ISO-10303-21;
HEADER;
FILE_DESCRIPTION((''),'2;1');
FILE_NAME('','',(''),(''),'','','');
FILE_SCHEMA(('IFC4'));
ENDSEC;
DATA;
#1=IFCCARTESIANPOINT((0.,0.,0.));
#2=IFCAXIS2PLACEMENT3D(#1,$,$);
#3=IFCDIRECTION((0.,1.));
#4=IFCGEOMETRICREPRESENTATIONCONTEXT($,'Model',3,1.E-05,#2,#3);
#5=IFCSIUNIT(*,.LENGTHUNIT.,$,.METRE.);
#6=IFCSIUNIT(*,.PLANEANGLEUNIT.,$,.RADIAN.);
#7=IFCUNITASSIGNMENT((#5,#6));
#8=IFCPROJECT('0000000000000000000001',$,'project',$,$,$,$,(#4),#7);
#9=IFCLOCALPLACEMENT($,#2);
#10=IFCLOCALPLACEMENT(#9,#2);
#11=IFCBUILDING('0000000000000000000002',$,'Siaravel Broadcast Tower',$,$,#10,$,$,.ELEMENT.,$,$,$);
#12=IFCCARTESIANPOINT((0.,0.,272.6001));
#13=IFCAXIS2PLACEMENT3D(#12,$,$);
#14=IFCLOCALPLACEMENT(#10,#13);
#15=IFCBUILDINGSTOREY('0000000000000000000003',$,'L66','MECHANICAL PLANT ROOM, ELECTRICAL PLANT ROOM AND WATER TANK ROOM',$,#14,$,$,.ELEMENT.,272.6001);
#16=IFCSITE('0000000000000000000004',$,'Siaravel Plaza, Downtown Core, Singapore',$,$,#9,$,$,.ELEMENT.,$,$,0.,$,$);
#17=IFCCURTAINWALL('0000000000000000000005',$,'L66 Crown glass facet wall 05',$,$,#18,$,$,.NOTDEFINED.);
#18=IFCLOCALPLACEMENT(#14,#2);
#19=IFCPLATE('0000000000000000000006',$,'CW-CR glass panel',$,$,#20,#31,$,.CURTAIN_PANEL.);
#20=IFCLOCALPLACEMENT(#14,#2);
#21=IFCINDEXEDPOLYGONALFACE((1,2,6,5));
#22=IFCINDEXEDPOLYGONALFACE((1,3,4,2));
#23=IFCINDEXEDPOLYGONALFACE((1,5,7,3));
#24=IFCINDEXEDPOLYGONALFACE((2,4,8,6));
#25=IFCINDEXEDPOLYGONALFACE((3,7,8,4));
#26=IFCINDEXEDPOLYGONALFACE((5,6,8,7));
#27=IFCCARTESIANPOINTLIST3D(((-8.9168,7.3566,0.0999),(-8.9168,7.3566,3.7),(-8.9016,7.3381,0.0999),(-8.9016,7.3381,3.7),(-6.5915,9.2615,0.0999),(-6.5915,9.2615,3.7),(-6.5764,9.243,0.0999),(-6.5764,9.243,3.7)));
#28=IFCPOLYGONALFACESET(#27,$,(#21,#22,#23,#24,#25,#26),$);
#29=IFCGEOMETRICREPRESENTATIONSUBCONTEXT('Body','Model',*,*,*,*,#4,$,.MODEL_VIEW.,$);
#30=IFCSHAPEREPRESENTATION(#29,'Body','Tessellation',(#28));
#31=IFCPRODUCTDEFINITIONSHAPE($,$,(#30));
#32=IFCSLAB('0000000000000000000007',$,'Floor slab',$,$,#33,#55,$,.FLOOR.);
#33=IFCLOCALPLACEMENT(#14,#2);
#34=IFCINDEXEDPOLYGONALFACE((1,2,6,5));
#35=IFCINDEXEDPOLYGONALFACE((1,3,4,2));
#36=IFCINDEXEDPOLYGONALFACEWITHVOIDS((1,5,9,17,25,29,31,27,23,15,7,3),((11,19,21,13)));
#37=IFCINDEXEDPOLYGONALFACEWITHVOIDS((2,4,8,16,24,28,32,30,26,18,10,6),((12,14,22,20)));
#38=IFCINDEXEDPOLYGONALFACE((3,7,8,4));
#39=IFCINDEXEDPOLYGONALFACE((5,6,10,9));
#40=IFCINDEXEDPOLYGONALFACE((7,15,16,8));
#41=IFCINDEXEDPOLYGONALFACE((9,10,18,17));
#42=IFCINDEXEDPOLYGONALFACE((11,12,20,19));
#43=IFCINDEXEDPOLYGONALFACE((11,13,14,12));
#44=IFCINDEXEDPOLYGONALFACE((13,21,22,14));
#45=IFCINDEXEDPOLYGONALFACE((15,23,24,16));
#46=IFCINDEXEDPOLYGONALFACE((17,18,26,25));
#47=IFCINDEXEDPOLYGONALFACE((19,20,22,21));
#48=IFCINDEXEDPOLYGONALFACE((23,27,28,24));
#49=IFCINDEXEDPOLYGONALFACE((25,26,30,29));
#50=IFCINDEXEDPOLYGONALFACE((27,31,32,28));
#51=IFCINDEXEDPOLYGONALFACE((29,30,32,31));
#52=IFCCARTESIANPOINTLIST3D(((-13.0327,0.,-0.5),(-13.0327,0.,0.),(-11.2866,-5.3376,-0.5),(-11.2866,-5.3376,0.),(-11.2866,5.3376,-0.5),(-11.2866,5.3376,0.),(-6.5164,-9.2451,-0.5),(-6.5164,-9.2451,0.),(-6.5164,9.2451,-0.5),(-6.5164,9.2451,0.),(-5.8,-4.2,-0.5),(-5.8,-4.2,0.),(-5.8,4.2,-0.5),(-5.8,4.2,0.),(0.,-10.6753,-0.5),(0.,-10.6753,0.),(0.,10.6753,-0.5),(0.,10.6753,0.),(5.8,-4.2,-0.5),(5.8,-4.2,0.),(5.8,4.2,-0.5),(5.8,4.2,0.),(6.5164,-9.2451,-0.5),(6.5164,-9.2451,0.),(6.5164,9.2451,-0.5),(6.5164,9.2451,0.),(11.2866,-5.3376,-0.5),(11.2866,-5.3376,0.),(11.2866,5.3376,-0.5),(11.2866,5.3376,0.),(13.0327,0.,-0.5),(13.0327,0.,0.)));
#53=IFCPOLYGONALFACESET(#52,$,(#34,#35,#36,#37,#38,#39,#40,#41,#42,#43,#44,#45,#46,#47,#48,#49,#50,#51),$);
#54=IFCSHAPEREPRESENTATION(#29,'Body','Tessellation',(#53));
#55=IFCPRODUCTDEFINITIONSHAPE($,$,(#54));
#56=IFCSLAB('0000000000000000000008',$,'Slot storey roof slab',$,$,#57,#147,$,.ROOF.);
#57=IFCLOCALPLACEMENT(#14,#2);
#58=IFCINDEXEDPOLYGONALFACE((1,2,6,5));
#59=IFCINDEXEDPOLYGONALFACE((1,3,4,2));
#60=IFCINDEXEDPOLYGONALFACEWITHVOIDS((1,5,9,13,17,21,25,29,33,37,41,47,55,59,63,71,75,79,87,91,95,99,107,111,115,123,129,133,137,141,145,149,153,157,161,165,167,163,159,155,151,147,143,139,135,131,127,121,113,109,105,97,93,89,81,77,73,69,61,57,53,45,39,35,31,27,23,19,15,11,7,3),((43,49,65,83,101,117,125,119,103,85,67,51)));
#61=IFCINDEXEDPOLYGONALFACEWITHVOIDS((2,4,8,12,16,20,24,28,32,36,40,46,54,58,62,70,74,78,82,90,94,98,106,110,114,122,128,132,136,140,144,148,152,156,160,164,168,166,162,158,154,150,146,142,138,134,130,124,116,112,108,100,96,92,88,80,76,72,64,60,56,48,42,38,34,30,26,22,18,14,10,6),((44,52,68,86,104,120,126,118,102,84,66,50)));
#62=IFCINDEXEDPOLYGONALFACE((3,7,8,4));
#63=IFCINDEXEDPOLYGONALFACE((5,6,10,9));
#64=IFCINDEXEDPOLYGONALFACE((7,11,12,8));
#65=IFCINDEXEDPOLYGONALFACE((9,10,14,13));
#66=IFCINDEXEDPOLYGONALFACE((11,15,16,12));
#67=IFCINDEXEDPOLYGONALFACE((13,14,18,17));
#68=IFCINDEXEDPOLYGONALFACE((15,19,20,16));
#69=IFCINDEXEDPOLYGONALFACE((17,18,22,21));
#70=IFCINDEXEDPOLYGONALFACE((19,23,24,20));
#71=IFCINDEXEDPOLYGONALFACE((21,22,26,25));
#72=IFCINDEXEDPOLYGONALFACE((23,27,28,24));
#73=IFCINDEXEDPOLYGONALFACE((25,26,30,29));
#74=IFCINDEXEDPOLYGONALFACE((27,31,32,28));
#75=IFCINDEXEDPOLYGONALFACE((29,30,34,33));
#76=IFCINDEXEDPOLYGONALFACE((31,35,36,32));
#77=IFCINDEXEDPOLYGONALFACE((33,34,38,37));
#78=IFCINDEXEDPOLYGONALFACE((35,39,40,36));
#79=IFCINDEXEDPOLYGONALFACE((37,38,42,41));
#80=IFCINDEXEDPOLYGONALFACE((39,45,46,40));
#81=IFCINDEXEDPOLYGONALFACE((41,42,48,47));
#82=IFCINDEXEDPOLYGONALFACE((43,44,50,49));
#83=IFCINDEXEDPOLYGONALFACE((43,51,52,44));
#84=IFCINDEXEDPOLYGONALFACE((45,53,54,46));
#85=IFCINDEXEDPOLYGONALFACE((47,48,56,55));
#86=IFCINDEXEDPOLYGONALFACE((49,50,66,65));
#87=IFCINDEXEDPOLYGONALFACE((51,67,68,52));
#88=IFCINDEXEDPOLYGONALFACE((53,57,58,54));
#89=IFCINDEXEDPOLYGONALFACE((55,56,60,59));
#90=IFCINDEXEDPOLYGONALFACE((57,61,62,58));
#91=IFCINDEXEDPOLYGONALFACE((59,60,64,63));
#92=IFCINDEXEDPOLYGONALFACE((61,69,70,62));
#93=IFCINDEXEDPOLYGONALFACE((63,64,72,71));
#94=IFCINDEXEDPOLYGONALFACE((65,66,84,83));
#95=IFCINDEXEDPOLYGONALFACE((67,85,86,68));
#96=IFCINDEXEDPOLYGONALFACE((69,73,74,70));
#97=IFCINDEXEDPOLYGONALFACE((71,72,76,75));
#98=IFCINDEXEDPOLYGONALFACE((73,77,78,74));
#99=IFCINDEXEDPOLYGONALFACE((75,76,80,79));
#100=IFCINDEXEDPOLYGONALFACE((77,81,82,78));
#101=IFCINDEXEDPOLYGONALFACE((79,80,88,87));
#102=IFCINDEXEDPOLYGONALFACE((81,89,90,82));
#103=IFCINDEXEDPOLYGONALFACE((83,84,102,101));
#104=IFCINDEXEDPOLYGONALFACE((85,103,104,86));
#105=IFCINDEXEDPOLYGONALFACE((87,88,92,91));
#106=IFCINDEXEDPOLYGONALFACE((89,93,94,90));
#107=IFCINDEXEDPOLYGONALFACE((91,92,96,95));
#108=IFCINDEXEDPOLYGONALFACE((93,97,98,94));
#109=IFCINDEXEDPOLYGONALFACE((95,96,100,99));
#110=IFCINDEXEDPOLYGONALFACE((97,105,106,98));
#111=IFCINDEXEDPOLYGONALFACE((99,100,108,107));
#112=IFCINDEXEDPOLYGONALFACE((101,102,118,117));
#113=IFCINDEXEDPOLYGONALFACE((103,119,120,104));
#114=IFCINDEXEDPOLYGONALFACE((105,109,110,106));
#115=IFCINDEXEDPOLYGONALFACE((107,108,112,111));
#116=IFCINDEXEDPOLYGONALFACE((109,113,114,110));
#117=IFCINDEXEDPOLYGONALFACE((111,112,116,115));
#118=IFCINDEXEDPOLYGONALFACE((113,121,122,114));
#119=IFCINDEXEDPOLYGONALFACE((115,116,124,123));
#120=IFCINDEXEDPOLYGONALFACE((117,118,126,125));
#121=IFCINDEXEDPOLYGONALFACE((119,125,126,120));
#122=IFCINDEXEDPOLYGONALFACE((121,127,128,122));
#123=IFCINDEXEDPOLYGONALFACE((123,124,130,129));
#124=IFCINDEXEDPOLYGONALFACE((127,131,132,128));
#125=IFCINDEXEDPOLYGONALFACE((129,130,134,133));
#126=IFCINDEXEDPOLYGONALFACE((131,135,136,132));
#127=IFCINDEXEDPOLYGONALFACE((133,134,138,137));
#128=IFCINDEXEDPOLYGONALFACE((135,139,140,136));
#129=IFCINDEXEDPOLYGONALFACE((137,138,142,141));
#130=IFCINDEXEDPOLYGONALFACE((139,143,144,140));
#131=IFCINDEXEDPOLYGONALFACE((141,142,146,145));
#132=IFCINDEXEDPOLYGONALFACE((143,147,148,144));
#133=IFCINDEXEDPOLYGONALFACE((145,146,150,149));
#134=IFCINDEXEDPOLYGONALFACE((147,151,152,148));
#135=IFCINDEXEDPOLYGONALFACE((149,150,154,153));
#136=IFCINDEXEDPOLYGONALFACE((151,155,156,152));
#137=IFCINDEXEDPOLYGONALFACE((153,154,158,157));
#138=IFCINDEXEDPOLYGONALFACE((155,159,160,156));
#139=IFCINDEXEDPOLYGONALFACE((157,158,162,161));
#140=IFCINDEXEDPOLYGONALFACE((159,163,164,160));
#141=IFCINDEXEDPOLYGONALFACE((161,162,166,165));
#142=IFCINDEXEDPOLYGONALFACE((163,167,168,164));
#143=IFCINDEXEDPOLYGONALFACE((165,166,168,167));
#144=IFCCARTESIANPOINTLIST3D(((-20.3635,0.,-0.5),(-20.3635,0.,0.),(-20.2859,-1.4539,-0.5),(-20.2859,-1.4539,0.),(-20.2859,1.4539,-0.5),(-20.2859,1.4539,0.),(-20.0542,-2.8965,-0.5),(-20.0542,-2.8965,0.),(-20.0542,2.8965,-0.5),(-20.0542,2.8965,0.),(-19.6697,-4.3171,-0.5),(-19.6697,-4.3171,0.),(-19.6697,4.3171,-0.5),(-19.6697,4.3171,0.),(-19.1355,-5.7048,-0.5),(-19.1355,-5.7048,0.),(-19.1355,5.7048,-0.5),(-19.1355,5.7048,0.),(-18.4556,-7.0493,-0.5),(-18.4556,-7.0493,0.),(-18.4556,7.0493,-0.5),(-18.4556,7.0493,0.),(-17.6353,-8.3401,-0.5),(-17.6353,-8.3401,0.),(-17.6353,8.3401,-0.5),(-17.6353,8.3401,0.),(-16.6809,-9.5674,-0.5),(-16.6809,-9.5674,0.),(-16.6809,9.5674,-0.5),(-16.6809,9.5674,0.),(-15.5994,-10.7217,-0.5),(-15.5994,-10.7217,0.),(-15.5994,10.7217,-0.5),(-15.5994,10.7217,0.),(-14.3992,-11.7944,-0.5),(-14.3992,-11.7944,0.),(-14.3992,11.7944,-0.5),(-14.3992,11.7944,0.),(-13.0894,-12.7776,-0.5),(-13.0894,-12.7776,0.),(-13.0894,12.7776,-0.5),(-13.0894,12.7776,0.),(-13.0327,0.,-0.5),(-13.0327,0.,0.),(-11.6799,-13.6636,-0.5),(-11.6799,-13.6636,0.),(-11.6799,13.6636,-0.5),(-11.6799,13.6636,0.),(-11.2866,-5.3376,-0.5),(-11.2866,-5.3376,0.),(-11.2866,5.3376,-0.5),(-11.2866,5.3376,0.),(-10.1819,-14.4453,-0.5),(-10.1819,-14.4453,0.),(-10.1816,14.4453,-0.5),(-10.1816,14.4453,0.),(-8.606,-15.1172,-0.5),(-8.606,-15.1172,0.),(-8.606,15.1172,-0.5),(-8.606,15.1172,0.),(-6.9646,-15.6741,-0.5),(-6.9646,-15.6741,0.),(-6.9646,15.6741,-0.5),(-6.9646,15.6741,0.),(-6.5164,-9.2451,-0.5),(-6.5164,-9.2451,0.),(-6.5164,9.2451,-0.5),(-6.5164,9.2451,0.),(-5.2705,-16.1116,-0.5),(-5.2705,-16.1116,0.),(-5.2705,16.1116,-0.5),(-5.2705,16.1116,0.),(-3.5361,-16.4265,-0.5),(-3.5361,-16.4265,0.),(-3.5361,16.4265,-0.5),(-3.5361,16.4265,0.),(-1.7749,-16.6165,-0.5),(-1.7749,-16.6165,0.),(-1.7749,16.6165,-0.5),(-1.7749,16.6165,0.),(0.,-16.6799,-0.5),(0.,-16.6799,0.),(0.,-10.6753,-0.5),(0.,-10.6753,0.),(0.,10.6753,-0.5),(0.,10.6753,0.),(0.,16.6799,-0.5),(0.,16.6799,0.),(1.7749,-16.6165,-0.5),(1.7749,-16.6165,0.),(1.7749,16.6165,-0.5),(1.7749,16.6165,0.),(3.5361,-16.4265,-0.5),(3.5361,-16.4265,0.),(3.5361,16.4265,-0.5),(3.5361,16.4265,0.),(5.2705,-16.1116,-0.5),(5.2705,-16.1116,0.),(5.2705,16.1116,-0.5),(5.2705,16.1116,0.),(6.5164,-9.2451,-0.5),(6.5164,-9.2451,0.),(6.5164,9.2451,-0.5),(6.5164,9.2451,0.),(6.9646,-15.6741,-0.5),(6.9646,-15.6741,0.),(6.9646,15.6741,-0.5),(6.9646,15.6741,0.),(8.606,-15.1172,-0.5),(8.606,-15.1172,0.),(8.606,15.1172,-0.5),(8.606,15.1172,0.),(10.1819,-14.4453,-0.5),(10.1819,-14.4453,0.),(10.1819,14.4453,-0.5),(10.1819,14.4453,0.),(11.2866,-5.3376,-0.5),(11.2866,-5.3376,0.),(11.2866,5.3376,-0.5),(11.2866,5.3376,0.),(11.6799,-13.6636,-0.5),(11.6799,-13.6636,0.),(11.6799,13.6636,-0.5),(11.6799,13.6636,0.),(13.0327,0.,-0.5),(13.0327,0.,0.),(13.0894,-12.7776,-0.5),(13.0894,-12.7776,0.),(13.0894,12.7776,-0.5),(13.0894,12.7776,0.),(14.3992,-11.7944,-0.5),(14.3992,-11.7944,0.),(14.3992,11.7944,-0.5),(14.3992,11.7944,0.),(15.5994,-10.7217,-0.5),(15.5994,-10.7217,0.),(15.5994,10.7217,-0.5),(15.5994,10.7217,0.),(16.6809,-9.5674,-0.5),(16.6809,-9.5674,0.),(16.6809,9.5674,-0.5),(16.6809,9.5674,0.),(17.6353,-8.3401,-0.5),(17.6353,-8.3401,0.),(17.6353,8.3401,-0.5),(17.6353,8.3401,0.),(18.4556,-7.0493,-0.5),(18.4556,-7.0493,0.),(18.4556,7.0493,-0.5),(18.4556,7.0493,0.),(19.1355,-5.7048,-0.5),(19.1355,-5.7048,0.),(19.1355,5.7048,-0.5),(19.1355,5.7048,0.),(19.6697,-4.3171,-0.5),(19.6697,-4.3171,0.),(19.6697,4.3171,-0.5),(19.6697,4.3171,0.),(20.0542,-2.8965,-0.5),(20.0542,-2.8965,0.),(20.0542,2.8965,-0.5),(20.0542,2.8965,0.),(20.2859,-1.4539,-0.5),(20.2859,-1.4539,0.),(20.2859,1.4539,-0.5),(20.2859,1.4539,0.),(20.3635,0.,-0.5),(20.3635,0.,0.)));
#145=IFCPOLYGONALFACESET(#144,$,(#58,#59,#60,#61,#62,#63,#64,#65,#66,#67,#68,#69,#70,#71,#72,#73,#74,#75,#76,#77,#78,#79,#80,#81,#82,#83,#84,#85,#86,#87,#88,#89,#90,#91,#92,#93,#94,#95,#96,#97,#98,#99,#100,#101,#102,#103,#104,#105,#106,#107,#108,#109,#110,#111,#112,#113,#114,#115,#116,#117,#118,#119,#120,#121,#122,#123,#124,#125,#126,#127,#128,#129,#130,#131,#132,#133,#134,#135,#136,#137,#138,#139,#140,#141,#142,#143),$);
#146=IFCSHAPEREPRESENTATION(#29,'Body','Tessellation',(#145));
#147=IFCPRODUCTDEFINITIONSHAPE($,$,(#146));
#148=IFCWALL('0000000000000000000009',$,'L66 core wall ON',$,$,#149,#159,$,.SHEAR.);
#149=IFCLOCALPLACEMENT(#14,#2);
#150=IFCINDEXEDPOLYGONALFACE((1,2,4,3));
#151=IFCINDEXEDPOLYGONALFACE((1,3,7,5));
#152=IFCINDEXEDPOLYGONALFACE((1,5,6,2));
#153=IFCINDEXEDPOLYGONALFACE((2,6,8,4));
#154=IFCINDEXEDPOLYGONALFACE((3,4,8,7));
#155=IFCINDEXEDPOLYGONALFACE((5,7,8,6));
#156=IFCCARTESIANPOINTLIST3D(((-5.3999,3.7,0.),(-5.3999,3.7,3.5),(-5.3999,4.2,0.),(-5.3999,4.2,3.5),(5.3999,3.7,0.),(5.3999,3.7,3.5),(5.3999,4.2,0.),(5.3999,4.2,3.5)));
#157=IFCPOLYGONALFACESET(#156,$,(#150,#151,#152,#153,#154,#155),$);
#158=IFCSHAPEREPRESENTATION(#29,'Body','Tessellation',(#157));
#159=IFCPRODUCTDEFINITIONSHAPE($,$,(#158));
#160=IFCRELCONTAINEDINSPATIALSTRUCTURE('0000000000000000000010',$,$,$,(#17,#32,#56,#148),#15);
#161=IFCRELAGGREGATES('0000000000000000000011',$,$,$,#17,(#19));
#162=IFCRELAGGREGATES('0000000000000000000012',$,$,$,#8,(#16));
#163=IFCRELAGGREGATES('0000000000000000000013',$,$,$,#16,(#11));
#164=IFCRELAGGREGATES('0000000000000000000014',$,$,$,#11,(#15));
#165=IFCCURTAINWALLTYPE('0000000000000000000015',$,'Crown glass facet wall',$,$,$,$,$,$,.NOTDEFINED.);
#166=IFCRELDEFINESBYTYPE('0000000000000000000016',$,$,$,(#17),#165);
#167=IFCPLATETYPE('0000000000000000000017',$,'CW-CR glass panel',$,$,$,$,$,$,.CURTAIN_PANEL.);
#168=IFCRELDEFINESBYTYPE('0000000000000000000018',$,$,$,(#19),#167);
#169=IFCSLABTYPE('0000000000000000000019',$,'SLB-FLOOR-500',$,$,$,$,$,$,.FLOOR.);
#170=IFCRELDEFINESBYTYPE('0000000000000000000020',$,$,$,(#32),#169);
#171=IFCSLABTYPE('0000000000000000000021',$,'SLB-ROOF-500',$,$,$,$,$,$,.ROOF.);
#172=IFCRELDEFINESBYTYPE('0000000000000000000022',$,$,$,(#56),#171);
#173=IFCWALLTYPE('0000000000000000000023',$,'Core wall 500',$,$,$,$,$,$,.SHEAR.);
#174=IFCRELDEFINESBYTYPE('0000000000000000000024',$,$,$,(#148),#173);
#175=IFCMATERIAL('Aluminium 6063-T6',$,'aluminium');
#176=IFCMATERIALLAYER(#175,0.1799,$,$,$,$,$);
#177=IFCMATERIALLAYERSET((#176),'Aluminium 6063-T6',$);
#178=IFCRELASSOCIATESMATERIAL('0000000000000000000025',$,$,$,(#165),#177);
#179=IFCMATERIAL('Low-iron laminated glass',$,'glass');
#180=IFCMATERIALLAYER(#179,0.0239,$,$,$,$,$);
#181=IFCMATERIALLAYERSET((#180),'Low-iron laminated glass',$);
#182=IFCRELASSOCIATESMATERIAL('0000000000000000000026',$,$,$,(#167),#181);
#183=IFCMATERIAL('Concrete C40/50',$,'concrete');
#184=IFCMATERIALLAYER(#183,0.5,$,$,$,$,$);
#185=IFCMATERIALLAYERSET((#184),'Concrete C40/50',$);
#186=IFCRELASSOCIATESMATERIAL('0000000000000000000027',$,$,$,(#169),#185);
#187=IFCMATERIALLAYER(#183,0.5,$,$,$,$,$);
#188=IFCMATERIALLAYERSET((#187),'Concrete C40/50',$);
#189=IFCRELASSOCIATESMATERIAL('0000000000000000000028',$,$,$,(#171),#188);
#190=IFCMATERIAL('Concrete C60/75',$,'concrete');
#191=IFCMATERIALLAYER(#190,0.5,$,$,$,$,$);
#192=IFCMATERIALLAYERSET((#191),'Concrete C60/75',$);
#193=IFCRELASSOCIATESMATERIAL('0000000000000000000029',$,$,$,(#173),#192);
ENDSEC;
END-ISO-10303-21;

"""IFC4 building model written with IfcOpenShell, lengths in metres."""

from ifc_helpers import new_model, si_unit, direction, frame, frame_2d, origin, origin_2d, place, context, subcontext, project, spatial, polyline, rectangle, outline, extrude, material, layer, layer_set, type_object, element, aggregate, save


model = new_model("IFC4")

# Units and contexts
model_context = context("Model", 3, precision=1e-05, world=origin(), true_north=direction((0.0, 1.0)))
body_context = subcontext(model_context, "Body", "Model", "MODEL_VIEW")
ifc_project = project(units=[si_unit("LENGTHUNIT", "METRE"), si_unit("PLANEANGLEUNIT", "RADIAN")], contexts=[model_context])

# Site, building, storey
site_placement = place(None, origin())
site = spatial("IfcSite", under=ifc_project, at=site_placement, Name="Siaravel Plaza, Downtown Core, Singapore", CompositionType="ELEMENT", RefElevation=0.0)
building_placement = place(site_placement, origin())
building = spatial("IfcBuilding", under=site, at=building_placement, Name="Siaravel Broadcast Tower", CompositionType="ELEMENT")
storey_placement = place(building_placement, frame((0.0, 0.0, 272.6001)))
storey = spatial("IfcBuildingStorey", under=building, at=storey_placement, Name="L66", Description="MECHANICAL PLANT ROOM, ELECTRICAL PLANT ROOM AND WATER TANK ROOM", CompositionType="ELEMENT", Elevation=272.6001)

# Curtain wall
ifc_material_1 = material(Name="Aluminium 6063-T6", Category="aluminium")
ifc_layer_1 = layer(ifc_material_1, 0.1799)
ifc_layer_set_1 = layer_set([ifc_layer_1], Name="Aluminium 6063-T6")
curtain_wall_type = type_object("IfcCurtainWallType", Name="Crown glass facet wall", PredefinedType="NOTDEFINED", material=ifc_layer_set_1)
curtain_wall_1_placement = place(storey_placement, origin())
curtain_wall_1 = element("IfcCurtainWall", 1, at=curtain_wall_1_placement, inside=storey, type_object=curtain_wall_type, Name="L66 Crown glass facet wall 05", PredefinedType="NOTDEFINED")

# Plate
ifc_material_2 = material(Name="Low-iron laminated glass", Category="glass")
ifc_layer_2 = layer(ifc_material_2, 0.0239)
ifc_layer_set_2 = layer_set([ifc_layer_2], Name="Low-iron laminated glass")
plate_type = type_object("IfcPlateType", Name="CW-CR glass panel", PredefinedType="CURTAIN_PANEL", material=ifc_layer_set_2)
plate_1_placement = place(storey_placement, frame((-7.7466, 8.2998, 0.0999), z_axis=(0.0, 0.0, 1.0), x_axis=(-0.773569, -0.633712, 0.0)))
plate_1 = element("IfcPlate", 2, at=plate_1_placement, type_object=plate_type, Name="CW-CR glass panel", PredefinedType="CURTAIN_PANEL", context=body_context, shape_type="SweptSolid", body=[
    extrude(rectangle(XDim=3.0059, YDim=0.0239, at=origin_2d()), origin(), (0.0, 0.0, 1.0), 3.6001),
])
aggregate(curtain_wall_1, [plate_1])

# Slabs
ifc_material_3 = material(Name="Concrete C40/50", Category="concrete")
ifc_layer_3 = layer(ifc_material_3, 0.5)
ifc_layer_set_3 = layer_set([ifc_layer_3], Name="Concrete C40/50")
slab_type_1 = type_object("IfcSlabType", Name="SLB-FLOOR-500", PredefinedType="FLOOR", material=ifc_layer_set_3)
slab_1_placement = place(storey_placement, frame((0.0, 0.0, -0.5)))
element("IfcSlab", 3, at=slab_1_placement, inside=storey, type_object=slab_type_1, Name="Floor slab", PredefinedType="FLOOR", context=body_context, shape_type="SweptSolid", body=[
    extrude(outline(polyline([(13.0327, 0.0), (11.2866, 5.3376), (6.5164, 9.2451), (0.0, 10.6753), (-6.5164, 9.2451), (-11.2866, 5.3376), (-13.0327, 0.0), (-11.2866, -5.3376), (-6.5164, -9.2451), (0.0, -10.6753), (6.5164, -9.2451), (11.2866, -5.3376), (13.0327, 0.0)]), holes=[polyline([(-5.8, 4.2), (5.8, 4.2), (5.8, -4.2), (-5.8, -4.2), (-5.8, 4.2)])]), origin(), (0.0, 0.0, 1.0), 0.5),
])
ifc_layer_4 = layer(ifc_material_3, 0.5)
ifc_layer_set_4 = layer_set([ifc_layer_4], Name="Concrete C40/50")
slab_type_2 = type_object("IfcSlabType", Name="SLB-ROOF-500", PredefinedType="ROOF", material=ifc_layer_set_4)
slab_2_placement = place(storey_placement, frame((0.0, 0.0, -0.5)))
element("IfcSlab", 4, at=slab_2_placement, inside=storey, type_object=slab_type_2, Name="Slot storey roof slab", PredefinedType="ROOF", context=body_context, shape_type="SweptSolid", body=[
    extrude(outline(polyline([(20.3635, 0.0), (20.2859, 1.4539), (20.0542, 2.8965), (19.6697, 4.3171), (19.1355, 5.7048), (18.4556, 7.0493), (17.6353, 8.3401), (16.6809, 9.5674), (15.5994, 10.7217), (14.3992, 11.7944), (13.0894, 12.7776), (11.6799, 13.6636), (10.1819, 14.4453), (8.606, 15.1172), (6.9646, 15.6741), (5.2705, 16.1116), (3.5361, 16.4265), (1.7749, 16.6165), (0.0, 16.6799), (-1.7749, 16.6165), (-3.5361, 16.4265), (-5.2705, 16.1116), (-6.9646, 15.6741), (-8.606, 15.1172), (-10.1816, 14.4453), (-11.6799, 13.6636), (-13.0894, 12.7776), (-14.3992, 11.7944), (-15.5994, 10.7217), (-16.6809, 9.5674), (-17.6353, 8.3401), (-18.4556, 7.0493), (-19.1355, 5.7048), (-19.6697, 4.3171), (-20.0542, 2.8965), (-20.2859, 1.4539), (-20.3635, 0.0), (-20.2859, -1.4539), (-20.0542, -2.8965), (-19.6697, -4.3171), (-19.1355, -5.7048), (-18.4556, -7.0493), (-17.6353, -8.3401), (-16.6809, -9.5674), (-15.5994, -10.7217), (-14.3992, -11.7944), (-13.0894, -12.7776), (-11.6799, -13.6636), (-10.1819, -14.4453), (-8.606, -15.1172), (-6.9646, -15.6741), (-5.2705, -16.1116), (-3.5361, -16.4265), (-1.7749, -16.6165), (0.0, -16.6799), (1.7749, -16.6165), (3.5361, -16.4265), (5.2705, -16.1116), (6.9646, -15.6741), (8.606, -15.1172), (10.1819, -14.4453), (11.6799, -13.6636), (13.0894, -12.7776), (14.3992, -11.7944), (15.5994, -10.7217), (16.6809, -9.5674), (17.6353, -8.3401), (18.4556, -7.0493), (19.1355, -5.7048), (19.6697, -4.3171), (20.0542, -2.8965), (20.2859, -1.4539), (20.3635, 0.0)]), holes=[polyline([(11.2866, -5.3376), (6.5164, -9.2451), (0.0, -10.6753), (-6.5164, -9.2451), (-11.2866, -5.3376), (-13.0327, 0.0), (-11.2866, 5.3376), (-6.5164, 9.2451), (0.0, 10.6753), (6.5164, 9.2451), (11.2866, 5.3376), (13.0327, 0.0), (11.2866, -5.3376)])]), origin(), (0.0, 0.0, 1.0), 0.5),
])

# Wall
ifc_material_4 = material(Name="Concrete C60/75", Category="concrete")
ifc_layer_5 = layer(ifc_material_4, 0.5)
ifc_layer_set_5 = layer_set([ifc_layer_5], Name="Concrete C60/75")
wall_type_1 = type_object("IfcWallType", Name="Core wall 500", PredefinedType="SHEAR", material=ifc_layer_set_5)
wall_1_placement = place(storey_placement, frame((-5.3999, 3.95, 0.0), z_axis=(0.0, 0.0, 1.0), x_axis=(1.0, 0.0, 0.0)))
element("IfcWall", 5, at=wall_1_placement, inside=storey, type_object=wall_type_1, Name="L66 core wall ON", PredefinedType="SHEAR", context=body_context, shape_type="SweptSolid", body=[
    extrude(rectangle(XDim=10.7998, YDim=0.5, at=frame_2d((5.3999, 0.0))), origin(), (0.0, 0.0, 1.0), 3.5),
])

save(model, "model.ifc")
